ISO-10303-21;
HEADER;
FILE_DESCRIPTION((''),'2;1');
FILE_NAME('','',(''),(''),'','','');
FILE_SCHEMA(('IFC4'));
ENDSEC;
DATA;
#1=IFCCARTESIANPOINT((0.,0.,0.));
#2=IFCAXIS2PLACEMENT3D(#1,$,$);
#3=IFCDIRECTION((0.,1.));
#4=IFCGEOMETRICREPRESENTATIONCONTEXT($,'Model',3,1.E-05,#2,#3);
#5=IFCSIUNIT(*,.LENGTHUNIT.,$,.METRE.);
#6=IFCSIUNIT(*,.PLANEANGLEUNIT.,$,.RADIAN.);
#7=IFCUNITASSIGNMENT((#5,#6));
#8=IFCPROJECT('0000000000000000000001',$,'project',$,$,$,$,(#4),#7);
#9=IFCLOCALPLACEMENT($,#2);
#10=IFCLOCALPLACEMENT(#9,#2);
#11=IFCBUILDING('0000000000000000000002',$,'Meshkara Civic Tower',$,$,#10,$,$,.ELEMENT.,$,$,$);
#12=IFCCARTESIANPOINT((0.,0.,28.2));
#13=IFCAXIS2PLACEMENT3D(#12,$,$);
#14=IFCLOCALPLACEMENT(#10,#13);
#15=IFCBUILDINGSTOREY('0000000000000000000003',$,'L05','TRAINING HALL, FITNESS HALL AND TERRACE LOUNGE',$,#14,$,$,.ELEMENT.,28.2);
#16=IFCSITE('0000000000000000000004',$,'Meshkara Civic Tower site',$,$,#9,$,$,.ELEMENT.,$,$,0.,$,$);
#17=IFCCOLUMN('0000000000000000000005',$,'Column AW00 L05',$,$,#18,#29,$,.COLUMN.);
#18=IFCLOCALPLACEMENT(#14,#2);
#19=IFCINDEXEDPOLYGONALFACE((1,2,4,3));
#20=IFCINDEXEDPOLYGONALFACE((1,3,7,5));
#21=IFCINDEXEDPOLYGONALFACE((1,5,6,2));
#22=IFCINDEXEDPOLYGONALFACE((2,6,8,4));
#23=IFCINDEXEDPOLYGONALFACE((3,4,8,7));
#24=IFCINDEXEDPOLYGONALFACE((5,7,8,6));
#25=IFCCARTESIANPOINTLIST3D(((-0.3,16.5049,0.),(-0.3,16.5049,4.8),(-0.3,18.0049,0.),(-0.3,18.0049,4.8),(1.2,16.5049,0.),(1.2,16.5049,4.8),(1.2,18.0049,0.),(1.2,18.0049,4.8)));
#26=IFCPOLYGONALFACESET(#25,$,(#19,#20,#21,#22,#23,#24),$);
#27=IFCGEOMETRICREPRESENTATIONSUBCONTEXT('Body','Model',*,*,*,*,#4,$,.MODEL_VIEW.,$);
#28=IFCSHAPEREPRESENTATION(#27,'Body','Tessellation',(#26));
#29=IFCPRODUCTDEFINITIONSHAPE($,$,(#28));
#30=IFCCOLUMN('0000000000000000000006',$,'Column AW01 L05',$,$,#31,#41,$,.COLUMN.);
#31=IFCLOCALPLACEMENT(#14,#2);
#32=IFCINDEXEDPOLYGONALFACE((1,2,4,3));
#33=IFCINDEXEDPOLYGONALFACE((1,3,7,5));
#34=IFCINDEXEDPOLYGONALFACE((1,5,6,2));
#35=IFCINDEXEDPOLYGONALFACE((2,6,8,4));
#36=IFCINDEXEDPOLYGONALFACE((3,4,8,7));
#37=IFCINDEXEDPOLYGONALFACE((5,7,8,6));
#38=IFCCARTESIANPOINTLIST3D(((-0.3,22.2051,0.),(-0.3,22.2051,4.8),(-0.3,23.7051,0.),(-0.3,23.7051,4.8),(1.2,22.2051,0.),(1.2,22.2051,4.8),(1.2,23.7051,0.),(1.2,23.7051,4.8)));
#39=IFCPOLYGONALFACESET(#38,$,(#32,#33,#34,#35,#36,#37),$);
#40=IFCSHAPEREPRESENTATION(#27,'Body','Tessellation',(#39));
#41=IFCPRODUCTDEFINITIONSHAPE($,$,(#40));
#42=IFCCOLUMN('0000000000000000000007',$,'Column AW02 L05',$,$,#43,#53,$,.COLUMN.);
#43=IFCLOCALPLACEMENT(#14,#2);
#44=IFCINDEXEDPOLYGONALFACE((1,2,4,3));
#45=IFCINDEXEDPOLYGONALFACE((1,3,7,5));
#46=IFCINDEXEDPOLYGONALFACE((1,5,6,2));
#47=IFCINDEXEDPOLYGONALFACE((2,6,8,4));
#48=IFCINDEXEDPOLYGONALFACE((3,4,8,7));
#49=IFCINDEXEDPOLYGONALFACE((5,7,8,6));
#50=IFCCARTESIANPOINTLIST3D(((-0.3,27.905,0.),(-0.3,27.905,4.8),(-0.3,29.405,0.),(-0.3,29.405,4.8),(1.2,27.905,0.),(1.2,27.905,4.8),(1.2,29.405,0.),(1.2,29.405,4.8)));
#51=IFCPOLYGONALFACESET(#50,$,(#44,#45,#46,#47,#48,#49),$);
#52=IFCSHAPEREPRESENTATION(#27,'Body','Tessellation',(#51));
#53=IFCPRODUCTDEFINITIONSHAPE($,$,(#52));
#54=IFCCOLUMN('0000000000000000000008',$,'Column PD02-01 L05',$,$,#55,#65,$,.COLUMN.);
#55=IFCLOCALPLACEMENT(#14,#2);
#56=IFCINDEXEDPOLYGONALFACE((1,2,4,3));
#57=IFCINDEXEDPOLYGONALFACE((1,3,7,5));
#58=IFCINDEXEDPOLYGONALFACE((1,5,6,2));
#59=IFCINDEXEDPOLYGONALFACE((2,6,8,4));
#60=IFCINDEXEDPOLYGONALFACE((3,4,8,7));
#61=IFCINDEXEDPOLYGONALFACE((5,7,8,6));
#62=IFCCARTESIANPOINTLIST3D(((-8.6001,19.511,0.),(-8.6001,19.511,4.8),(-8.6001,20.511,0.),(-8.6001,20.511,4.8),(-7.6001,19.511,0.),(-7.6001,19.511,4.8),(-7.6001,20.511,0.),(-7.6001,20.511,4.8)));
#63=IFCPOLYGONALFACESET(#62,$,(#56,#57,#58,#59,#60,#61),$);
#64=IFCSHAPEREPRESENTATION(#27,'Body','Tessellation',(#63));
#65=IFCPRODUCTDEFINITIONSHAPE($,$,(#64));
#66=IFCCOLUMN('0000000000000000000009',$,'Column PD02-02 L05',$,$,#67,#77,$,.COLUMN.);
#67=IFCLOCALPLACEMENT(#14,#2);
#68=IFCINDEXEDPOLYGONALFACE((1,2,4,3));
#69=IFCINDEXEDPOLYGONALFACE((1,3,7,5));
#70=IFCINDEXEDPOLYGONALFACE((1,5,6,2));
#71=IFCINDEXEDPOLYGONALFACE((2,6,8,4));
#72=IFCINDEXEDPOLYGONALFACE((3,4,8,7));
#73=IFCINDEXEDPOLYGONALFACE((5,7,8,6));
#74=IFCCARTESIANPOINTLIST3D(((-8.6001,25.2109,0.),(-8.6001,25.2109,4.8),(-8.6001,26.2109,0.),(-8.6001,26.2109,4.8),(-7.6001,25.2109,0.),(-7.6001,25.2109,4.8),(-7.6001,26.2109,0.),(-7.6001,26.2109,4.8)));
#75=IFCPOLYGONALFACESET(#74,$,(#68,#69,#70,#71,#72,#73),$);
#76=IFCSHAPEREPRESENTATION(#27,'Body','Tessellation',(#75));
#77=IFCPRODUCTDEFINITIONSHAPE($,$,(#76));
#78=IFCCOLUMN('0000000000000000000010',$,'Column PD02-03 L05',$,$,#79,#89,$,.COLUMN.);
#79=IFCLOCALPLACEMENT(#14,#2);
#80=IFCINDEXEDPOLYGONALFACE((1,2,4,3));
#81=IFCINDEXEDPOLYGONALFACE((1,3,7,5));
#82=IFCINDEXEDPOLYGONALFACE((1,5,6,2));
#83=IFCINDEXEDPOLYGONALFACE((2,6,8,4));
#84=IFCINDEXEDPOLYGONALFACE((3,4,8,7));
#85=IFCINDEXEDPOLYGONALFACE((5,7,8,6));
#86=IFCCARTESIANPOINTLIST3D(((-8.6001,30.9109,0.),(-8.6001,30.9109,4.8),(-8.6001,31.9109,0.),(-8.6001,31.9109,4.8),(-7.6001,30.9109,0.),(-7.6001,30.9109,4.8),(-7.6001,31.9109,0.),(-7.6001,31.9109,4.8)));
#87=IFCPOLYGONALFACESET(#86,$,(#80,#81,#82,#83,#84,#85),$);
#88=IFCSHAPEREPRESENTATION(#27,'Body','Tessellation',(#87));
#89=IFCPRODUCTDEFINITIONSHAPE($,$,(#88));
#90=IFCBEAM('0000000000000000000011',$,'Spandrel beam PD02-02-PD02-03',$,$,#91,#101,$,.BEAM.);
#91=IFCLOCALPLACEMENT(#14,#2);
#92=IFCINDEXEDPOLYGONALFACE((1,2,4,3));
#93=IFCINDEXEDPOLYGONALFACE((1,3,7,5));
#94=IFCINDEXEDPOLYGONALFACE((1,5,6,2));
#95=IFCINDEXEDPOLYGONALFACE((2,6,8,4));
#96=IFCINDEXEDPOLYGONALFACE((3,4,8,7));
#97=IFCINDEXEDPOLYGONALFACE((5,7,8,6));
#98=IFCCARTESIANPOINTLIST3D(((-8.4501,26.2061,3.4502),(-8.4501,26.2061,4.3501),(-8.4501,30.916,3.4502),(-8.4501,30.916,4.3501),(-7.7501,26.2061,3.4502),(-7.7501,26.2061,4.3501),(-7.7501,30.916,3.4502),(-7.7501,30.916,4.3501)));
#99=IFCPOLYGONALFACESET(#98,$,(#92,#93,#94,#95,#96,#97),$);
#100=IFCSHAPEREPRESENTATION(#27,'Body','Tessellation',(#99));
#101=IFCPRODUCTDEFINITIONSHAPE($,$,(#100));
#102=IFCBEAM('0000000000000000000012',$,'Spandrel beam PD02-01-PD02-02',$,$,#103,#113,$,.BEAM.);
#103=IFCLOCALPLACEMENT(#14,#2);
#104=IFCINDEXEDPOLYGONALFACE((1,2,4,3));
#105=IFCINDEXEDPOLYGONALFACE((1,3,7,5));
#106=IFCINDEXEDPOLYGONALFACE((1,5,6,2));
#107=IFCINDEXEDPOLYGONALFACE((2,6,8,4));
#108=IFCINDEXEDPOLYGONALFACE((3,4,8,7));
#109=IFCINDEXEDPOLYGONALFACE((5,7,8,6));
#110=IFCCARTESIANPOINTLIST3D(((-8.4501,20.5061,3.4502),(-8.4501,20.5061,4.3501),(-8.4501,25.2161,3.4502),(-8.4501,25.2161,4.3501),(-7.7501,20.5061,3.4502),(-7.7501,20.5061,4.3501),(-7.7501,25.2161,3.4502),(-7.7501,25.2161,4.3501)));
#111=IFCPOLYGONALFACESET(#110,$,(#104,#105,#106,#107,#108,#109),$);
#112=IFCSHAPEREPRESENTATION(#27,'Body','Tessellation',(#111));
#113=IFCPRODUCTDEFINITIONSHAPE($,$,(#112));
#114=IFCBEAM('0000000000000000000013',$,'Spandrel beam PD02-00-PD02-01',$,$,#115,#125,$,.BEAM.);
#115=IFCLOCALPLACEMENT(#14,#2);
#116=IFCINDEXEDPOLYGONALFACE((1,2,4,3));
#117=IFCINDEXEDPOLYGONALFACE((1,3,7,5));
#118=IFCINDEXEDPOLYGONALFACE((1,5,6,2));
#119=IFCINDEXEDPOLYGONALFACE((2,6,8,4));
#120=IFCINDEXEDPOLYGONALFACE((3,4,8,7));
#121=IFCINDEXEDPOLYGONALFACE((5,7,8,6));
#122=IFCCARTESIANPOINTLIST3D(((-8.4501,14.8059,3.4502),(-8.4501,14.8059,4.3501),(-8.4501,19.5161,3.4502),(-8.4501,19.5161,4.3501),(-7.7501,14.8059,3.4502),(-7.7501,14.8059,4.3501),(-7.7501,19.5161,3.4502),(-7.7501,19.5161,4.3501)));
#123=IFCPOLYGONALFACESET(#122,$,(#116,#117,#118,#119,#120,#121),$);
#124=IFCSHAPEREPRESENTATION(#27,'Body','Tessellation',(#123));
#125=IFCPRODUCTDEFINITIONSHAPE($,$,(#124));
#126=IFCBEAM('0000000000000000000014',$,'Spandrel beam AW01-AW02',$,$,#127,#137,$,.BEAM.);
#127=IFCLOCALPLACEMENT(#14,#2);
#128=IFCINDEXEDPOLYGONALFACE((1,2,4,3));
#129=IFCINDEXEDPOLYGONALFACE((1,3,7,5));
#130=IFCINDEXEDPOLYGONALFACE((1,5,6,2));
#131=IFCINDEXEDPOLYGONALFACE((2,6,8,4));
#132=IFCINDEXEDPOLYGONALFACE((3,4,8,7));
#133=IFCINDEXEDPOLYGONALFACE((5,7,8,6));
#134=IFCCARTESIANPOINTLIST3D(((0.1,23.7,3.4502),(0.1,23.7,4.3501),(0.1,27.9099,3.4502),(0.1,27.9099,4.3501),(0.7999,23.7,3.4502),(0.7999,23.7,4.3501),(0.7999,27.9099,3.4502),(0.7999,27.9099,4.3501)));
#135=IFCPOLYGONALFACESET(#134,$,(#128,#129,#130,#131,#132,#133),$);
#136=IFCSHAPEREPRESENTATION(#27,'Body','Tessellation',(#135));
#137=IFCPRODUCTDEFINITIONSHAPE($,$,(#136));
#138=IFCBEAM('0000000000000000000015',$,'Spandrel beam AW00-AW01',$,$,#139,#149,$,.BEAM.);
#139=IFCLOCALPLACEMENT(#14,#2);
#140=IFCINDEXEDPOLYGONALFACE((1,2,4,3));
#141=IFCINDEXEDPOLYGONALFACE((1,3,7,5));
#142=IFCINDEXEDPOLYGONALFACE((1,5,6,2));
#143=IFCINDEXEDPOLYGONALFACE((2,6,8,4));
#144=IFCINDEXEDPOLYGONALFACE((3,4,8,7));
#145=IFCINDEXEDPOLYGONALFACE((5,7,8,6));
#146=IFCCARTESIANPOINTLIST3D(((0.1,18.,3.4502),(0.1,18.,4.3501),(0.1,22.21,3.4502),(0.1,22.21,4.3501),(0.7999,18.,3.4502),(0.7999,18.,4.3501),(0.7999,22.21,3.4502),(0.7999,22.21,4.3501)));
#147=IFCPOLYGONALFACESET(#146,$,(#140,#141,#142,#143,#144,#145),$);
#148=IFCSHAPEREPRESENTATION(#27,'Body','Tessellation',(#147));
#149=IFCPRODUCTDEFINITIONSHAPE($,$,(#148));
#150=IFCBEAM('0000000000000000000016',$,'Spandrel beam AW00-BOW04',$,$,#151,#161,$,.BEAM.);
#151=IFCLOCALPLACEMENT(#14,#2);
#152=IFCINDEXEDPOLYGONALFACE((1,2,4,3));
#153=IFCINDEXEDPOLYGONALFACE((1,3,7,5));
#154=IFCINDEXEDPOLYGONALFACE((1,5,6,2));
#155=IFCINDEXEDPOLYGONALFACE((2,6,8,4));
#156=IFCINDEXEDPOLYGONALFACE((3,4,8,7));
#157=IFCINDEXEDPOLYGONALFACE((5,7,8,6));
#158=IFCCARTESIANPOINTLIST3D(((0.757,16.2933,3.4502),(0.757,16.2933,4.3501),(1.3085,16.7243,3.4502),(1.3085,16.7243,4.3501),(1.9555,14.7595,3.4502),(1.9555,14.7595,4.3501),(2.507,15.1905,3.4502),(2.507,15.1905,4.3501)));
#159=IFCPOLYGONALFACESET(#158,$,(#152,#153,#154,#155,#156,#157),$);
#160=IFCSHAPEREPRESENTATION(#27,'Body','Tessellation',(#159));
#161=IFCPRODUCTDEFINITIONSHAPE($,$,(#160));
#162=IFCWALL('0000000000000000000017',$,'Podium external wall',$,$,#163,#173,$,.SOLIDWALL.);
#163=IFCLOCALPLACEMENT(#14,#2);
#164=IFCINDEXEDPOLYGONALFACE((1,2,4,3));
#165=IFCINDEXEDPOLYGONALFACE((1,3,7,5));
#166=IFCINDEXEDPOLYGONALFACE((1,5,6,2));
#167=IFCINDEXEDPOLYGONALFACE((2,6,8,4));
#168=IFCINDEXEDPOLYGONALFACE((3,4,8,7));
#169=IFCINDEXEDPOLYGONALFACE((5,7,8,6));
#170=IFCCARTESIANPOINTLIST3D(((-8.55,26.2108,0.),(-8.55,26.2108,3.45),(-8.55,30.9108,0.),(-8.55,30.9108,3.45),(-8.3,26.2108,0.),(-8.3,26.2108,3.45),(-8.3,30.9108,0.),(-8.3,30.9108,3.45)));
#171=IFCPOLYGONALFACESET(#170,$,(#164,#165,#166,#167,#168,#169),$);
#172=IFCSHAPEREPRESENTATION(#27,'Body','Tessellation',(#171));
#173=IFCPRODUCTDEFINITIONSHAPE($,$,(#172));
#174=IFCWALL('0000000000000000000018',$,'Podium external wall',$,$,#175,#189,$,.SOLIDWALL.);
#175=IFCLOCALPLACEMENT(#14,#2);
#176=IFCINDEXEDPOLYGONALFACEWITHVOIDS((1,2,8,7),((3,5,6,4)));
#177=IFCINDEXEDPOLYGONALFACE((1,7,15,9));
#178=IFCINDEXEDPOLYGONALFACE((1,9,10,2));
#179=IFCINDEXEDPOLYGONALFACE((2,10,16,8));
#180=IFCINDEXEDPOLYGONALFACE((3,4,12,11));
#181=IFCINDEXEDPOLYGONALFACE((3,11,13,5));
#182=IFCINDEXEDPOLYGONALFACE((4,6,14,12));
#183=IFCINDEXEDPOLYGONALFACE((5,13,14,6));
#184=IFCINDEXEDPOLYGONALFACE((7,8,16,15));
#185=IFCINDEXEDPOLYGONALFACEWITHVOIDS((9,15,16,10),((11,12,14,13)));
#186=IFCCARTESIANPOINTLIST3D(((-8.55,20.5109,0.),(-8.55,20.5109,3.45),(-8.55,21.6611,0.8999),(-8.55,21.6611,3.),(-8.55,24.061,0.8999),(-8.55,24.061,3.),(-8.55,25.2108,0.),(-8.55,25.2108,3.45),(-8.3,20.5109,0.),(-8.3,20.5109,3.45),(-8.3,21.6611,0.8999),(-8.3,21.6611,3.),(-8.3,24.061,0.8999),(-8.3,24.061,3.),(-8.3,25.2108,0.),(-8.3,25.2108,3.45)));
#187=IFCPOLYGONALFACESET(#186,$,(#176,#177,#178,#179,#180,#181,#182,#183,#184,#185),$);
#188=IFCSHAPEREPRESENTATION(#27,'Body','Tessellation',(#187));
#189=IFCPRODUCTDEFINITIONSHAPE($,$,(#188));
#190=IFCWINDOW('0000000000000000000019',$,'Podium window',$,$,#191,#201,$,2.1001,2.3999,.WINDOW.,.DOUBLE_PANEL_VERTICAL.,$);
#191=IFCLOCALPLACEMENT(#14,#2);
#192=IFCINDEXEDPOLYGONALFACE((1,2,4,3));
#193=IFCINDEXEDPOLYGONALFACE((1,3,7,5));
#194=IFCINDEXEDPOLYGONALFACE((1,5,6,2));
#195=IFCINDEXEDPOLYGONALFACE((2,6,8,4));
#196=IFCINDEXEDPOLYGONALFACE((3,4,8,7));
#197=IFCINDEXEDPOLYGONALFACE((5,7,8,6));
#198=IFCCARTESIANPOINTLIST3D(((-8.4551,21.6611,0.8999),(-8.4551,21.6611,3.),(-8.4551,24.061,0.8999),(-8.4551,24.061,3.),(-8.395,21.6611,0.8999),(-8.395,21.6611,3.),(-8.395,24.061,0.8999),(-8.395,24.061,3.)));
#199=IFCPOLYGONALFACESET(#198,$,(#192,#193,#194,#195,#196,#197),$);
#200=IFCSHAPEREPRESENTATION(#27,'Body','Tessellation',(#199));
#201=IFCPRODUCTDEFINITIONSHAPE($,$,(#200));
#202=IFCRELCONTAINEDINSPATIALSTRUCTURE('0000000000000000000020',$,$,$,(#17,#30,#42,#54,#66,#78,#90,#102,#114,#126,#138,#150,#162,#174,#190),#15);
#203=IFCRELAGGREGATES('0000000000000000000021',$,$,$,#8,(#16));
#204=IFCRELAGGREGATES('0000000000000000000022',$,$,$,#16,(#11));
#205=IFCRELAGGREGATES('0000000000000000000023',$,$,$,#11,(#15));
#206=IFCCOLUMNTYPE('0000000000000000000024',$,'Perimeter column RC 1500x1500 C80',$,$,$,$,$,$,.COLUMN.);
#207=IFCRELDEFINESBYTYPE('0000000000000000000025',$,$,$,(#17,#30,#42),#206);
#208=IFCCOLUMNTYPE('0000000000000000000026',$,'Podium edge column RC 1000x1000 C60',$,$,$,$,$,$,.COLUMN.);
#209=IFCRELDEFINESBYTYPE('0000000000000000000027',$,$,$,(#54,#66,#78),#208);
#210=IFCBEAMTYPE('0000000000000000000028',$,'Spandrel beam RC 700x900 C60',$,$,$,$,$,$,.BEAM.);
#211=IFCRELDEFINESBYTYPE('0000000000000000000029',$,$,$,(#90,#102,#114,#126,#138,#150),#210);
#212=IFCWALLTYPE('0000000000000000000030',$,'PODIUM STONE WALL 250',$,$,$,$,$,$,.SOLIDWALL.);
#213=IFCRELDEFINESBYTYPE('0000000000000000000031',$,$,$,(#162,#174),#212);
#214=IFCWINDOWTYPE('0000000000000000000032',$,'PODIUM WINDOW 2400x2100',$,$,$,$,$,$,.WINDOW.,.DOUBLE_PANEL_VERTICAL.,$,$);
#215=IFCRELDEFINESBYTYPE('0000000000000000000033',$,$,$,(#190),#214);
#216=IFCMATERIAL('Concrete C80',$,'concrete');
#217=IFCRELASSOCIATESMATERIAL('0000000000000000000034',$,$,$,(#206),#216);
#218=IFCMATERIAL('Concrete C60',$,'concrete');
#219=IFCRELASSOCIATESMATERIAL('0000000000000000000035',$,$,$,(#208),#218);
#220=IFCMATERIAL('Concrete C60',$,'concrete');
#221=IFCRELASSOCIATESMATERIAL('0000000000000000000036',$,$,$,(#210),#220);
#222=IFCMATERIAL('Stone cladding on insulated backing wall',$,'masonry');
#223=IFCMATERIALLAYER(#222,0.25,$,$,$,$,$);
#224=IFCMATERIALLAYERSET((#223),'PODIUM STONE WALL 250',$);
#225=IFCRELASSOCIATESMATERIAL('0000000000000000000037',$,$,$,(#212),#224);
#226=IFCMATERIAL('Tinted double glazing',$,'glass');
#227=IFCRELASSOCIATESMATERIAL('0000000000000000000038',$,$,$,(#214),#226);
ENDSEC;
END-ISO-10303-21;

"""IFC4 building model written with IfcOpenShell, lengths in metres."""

from ifc_helpers import new_model, si_unit, direction, frame, frame_2d, origin, origin_2d, place, context, subcontext, project, spatial, rectangle, extrude, material, layer, layer_set, material_profile, profile_set, type_object, element, fill, save


model = new_model("IFC4")

# Units and contexts
model_context = context("Model", 3, precision=1e-05, world=origin(), true_north=direction((0.0, 1.0)))
body_context = subcontext(model_context, "Body", "Model", "MODEL_VIEW")
ifc_project = project(units=[si_unit("LENGTHUNIT", "METRE"), si_unit("PLANEANGLEUNIT", "RADIAN")], contexts=[model_context])

# Site, building, storey
site_placement = place(None, origin())
site = spatial("IfcSite", under=ifc_project, at=site_placement, Name="Meshkara Civic Tower site", CompositionType="ELEMENT", RefElevation=0.0)
building_placement = place(site_placement, origin())
building = spatial("IfcBuilding", under=site, at=building_placement, Name="Meshkara Civic Tower", CompositionType="ELEMENT")
storey_placement = place(building_placement, frame((0.0, 0.0, 28.2)))
storey = spatial("IfcBuildingStorey", under=building, at=storey_placement, Name="L05", Description="TRAINING HALL, FITNESS HALL AND TERRACE LOUNGE", CompositionType="ELEMENT", Elevation=28.2)

# Columns
ifc_material_1 = material(Name="Concrete C80", Category="concrete")
ifc_material_profile_1 = material_profile(ifc_material_1, rectangle(XDim=1.5, YDim=1.5, at=origin_2d()))
ifc_profile_set_1 = profile_set([ifc_material_profile_1], Name="Concrete C80")
column_type_1 = type_object("IfcColumnType", Name="Perimeter column RC 1500x1500 C80", PredefinedType="COLUMN", material=ifc_profile_set_1)
for number, where, z_axis, x_axis, name in (
    (1, (0.45, 17.2549, 0.0), (0.0, 0.0, 1.0), (1.0, 0.0, 0.0), "Column AW00 L05"),
    (2, (0.45, 22.9551, 0.0), (0.0, 0.0, 1.0), (1.0, 0.0, 0.0), "Column AW01 L05"),
    (3, (0.45, 28.655, 0.0), (0.0, 0.0, 1.0), (1.0, 0.0, 0.0), "Column AW02 L05"),
):
    element("IfcColumn", number, at=place(storey_placement, frame(where, z_axis=z_axis, x_axis=x_axis)), inside=storey, type_object=column_type_1, Name=name, PredefinedType="COLUMN", context=body_context, shape_type="SweptSolid", body=[
        extrude(rectangle(XDim=1.5, YDim=1.5, at=origin_2d()), origin(), (0.0, 0.0, 1.0), 4.8),
    ])
ifc_material_2 = material(Name="Concrete C60", Category="concrete")
ifc_material_profile_2 = material_profile(ifc_material_2, rectangle(XDim=1.0, YDim=1.0, at=origin_2d()))
ifc_profile_set_2 = profile_set([ifc_material_profile_2], Name="Concrete C60")
column_type_2 = type_object("IfcColumnType", Name="Podium edge column RC 1000x1000 C60", PredefinedType="COLUMN", material=ifc_profile_set_2)
for number, where, z_axis, x_axis, name in (
    (4, (-8.1001, 20.011, 0.0), (0.0, 0.0, 1.0), (1.0, 0.0, 0.0), "Column PD02-01 L05"),
    (5, (-8.1001, 25.7109, 0.0), (0.0, 0.0, 1.0), (1.0, 0.0, 0.0), "Column PD02-02 L05"),
    (6, (-8.1001, 31.4109, 0.0), (0.0, 0.0, 1.0), (1.0, 0.0, 0.0), "Column PD02-03 L05"),
):
    element("IfcColumn", number, at=place(storey_placement, frame(where, z_axis=z_axis, x_axis=x_axis)), inside=storey, type_object=column_type_2, Name=name, PredefinedType="COLUMN", context=body_context, shape_type="SweptSolid", body=[
        extrude(rectangle(XDim=1.0, YDim=1.0, at=origin_2d()), origin(), (0.0, 0.0, 1.0), 4.8),
    ])

# Beams
ifc_material_3 = material(Name="Concrete C60", Category="concrete")
ifc_material_profile_3 = material_profile(ifc_material_3, rectangle(XDim=0.7, YDim=0.8999, at=origin_2d()))
ifc_profile_set_3 = profile_set([ifc_material_profile_3], Name="Concrete C60")
beam_type = type_object("IfcBeamType", Name="Spandrel beam RC 700x900 C60", PredefinedType="BEAM", material=ifc_profile_set_3)
for number, where, z_axis, x_axis, name in (
    (7, (-8.1001, 30.916, 3.9001), (0.0, -1.0, 0.0), (1.0, 0.0, 0.0), "Spandrel beam PD02-02-PD02-03"),
    (8, (-8.1001, 25.2161, 3.9001), (0.0, -1.0, 0.0), (1.0, 0.0, 0.0), "Spandrel beam PD02-01-PD02-02"),
):
    element("IfcBeam", number, at=place(storey_placement, frame(where, z_axis=z_axis, x_axis=x_axis)), inside=storey, type_object=beam_type, Name=name, PredefinedType="BEAM", context=body_context, shape_type="SweptSolid", body=[
        extrude(rectangle(XDim=0.7, YDim=0.8999, at=origin_2d()), origin(), (0.0, 0.0, 1.0), 4.71),
    ])
beam_1_placement = place(storey_placement, frame((-8.1001, 19.5161, 3.9001), z_axis=(0.0, -1.0, 0.0), x_axis=(1.0, 0.0, 0.0)))
element("IfcBeam", 9, at=beam_1_placement, inside=storey, type_object=beam_type, Name="Spandrel beam PD02-00-PD02-01", PredefinedType="BEAM", context=body_context, shape_type="SweptSolid", body=[
    extrude(rectangle(XDim=0.7, YDim=0.8999, at=origin_2d()), origin(), (0.0, 0.0, 1.0), 4.7102),
])
for number, where, z_axis, x_axis, name in (
    (10, (0.45, 27.9099, 3.9001), (0.0, -1.0, 0.0), (1.0, 0.0, 0.0), "Spandrel beam AW01-AW02"),
    (11, (0.45, 22.21, 3.9001), (0.0, -1.0, 0.0), (1.0, 0.0, 0.0), "Spandrel beam AW00-AW01"),
):
    element("IfcBeam", number, at=place(storey_placement, frame(where, z_axis=z_axis, x_axis=x_axis)), inside=storey, type_object=beam_type, Name=name, PredefinedType="BEAM", context=body_context, shape_type="SweptSolid", body=[
        extrude(rectangle(XDim=0.7, YDim=0.8999, at=origin_2d()), origin(), (0.0, 0.0, 1.0), 4.21),
    ])
beam_2_placement = place(storey_placement, frame((1.0327, 16.5088, 3.9001), z_axis=(0.615737, -0.787952, 0.0), x_axis=(0.787952, 0.615737, 0.0)))
element("IfcBeam", 12, at=beam_2_placement, inside=storey, type_object=beam_type, Name="Spandrel beam AW00-BOW04", PredefinedType="BEAM", context=body_context, shape_type="SweptSolid", body=[
    extrude(rectangle(XDim=0.7, YDim=0.8999, at=origin_2d()), origin(), (0.0, 0.0, 1.0), 1.9465),
])

# Wall
ifc_material_4 = material(Name="Stone cladding on insulated backing wall", Category="masonry")
ifc_layer_1 = layer(ifc_material_4, 0.25)
ifc_layer_set_1 = layer_set([ifc_layer_1], Name="PODIUM STONE WALL 250")
wall_type_1 = type_object("IfcWallType", Name="PODIUM STONE WALL 250", PredefinedType="SOLIDWALL", material=ifc_layer_set_1)
wall_1_placement = place(storey_placement, frame((-8.425, 30.9109, 0.0), z_axis=(0.0, 0.0, 1.0), x_axis=(0.0, -1.0, 0.0)))
element("IfcWall", 13, at=wall_1_placement, inside=storey, type_object=wall_type_1, Name="Podium external wall", PredefinedType="SOLIDWALL", context=body_context, shape_type="SweptSolid", body=[
    extrude(rectangle(XDim=4.7, YDim=0.25, at=frame_2d((2.3501, 0.0))), origin(), (0.0, 0.0, 1.0), 3.45),
])

# Wall, opening, window
wall_2_placement = place(storey_placement, frame((-8.425, 25.2109, 0.0), z_axis=(0.0, 0.0, 1.0), x_axis=(0.0, -1.0, 0.0)))
wall_2 = element("IfcWall", 14, at=wall_2_placement, inside=storey, type_object=wall_type_1, Name="Podium external wall", PredefinedType="SOLIDWALL", context=body_context, shape_type="SweptSolid", body=[
    extrude(rectangle(XDim=4.7, YDim=0.25, at=frame_2d((2.3501, 0.0))), origin(), (0.0, 0.0, 1.0), 3.45),
])
opening_1_placement = place(wall_2_placement, frame((1.1499, 0.0, 0.8999)))
opening_1 = element("IfcOpeningElement", 15, at=opening_1_placement, cuts=wall_2, PredefinedType="OPENING", context=body_context, shape_type="SweptSolid", body=[
    extrude(rectangle(XDim=2.3999, YDim=2.1001, at=frame_2d((1.2, 1.05))), frame((0.0, 0.135, 0.0), z_axis=(0.0, -1.0, 0.0), x_axis=(1.0, 0.0, 0.0)), (0.0, 0.0, 1.0), 0.27),
])
ifc_material_5 = material(Name="Tinted double glazing", Category="glass")
window_type = type_object("IfcWindowType", Name="PODIUM WINDOW 2400x2100", PartitioningType="DOUBLE_PANEL_VERTICAL", PredefinedType="WINDOW", material=ifc_material_5)
window_placement = place(opening_1_placement, origin())
window = element("IfcWindow", 16, at=window_placement, inside=storey, type_object=window_type, Name="Podium window", OverallHeight=2.1001, OverallWidth=2.3999, PartitioningType="DOUBLE_PANEL_VERTICAL", PredefinedType="WINDOW", context=body_context, shape_type="SweptSolid", body=[
    extrude(rectangle(XDim=2.3999, YDim=2.1001, at=frame_2d((1.2, 1.05))), frame((0.0, 0.03, 0.0), z_axis=(0.0, -1.0, 0.0), x_axis=(1.0, 0.0, 0.0)), (0.0, 0.0, 1.0), 0.0601),
])
fill(opening_1, window)

save(model, "model.ifc")
